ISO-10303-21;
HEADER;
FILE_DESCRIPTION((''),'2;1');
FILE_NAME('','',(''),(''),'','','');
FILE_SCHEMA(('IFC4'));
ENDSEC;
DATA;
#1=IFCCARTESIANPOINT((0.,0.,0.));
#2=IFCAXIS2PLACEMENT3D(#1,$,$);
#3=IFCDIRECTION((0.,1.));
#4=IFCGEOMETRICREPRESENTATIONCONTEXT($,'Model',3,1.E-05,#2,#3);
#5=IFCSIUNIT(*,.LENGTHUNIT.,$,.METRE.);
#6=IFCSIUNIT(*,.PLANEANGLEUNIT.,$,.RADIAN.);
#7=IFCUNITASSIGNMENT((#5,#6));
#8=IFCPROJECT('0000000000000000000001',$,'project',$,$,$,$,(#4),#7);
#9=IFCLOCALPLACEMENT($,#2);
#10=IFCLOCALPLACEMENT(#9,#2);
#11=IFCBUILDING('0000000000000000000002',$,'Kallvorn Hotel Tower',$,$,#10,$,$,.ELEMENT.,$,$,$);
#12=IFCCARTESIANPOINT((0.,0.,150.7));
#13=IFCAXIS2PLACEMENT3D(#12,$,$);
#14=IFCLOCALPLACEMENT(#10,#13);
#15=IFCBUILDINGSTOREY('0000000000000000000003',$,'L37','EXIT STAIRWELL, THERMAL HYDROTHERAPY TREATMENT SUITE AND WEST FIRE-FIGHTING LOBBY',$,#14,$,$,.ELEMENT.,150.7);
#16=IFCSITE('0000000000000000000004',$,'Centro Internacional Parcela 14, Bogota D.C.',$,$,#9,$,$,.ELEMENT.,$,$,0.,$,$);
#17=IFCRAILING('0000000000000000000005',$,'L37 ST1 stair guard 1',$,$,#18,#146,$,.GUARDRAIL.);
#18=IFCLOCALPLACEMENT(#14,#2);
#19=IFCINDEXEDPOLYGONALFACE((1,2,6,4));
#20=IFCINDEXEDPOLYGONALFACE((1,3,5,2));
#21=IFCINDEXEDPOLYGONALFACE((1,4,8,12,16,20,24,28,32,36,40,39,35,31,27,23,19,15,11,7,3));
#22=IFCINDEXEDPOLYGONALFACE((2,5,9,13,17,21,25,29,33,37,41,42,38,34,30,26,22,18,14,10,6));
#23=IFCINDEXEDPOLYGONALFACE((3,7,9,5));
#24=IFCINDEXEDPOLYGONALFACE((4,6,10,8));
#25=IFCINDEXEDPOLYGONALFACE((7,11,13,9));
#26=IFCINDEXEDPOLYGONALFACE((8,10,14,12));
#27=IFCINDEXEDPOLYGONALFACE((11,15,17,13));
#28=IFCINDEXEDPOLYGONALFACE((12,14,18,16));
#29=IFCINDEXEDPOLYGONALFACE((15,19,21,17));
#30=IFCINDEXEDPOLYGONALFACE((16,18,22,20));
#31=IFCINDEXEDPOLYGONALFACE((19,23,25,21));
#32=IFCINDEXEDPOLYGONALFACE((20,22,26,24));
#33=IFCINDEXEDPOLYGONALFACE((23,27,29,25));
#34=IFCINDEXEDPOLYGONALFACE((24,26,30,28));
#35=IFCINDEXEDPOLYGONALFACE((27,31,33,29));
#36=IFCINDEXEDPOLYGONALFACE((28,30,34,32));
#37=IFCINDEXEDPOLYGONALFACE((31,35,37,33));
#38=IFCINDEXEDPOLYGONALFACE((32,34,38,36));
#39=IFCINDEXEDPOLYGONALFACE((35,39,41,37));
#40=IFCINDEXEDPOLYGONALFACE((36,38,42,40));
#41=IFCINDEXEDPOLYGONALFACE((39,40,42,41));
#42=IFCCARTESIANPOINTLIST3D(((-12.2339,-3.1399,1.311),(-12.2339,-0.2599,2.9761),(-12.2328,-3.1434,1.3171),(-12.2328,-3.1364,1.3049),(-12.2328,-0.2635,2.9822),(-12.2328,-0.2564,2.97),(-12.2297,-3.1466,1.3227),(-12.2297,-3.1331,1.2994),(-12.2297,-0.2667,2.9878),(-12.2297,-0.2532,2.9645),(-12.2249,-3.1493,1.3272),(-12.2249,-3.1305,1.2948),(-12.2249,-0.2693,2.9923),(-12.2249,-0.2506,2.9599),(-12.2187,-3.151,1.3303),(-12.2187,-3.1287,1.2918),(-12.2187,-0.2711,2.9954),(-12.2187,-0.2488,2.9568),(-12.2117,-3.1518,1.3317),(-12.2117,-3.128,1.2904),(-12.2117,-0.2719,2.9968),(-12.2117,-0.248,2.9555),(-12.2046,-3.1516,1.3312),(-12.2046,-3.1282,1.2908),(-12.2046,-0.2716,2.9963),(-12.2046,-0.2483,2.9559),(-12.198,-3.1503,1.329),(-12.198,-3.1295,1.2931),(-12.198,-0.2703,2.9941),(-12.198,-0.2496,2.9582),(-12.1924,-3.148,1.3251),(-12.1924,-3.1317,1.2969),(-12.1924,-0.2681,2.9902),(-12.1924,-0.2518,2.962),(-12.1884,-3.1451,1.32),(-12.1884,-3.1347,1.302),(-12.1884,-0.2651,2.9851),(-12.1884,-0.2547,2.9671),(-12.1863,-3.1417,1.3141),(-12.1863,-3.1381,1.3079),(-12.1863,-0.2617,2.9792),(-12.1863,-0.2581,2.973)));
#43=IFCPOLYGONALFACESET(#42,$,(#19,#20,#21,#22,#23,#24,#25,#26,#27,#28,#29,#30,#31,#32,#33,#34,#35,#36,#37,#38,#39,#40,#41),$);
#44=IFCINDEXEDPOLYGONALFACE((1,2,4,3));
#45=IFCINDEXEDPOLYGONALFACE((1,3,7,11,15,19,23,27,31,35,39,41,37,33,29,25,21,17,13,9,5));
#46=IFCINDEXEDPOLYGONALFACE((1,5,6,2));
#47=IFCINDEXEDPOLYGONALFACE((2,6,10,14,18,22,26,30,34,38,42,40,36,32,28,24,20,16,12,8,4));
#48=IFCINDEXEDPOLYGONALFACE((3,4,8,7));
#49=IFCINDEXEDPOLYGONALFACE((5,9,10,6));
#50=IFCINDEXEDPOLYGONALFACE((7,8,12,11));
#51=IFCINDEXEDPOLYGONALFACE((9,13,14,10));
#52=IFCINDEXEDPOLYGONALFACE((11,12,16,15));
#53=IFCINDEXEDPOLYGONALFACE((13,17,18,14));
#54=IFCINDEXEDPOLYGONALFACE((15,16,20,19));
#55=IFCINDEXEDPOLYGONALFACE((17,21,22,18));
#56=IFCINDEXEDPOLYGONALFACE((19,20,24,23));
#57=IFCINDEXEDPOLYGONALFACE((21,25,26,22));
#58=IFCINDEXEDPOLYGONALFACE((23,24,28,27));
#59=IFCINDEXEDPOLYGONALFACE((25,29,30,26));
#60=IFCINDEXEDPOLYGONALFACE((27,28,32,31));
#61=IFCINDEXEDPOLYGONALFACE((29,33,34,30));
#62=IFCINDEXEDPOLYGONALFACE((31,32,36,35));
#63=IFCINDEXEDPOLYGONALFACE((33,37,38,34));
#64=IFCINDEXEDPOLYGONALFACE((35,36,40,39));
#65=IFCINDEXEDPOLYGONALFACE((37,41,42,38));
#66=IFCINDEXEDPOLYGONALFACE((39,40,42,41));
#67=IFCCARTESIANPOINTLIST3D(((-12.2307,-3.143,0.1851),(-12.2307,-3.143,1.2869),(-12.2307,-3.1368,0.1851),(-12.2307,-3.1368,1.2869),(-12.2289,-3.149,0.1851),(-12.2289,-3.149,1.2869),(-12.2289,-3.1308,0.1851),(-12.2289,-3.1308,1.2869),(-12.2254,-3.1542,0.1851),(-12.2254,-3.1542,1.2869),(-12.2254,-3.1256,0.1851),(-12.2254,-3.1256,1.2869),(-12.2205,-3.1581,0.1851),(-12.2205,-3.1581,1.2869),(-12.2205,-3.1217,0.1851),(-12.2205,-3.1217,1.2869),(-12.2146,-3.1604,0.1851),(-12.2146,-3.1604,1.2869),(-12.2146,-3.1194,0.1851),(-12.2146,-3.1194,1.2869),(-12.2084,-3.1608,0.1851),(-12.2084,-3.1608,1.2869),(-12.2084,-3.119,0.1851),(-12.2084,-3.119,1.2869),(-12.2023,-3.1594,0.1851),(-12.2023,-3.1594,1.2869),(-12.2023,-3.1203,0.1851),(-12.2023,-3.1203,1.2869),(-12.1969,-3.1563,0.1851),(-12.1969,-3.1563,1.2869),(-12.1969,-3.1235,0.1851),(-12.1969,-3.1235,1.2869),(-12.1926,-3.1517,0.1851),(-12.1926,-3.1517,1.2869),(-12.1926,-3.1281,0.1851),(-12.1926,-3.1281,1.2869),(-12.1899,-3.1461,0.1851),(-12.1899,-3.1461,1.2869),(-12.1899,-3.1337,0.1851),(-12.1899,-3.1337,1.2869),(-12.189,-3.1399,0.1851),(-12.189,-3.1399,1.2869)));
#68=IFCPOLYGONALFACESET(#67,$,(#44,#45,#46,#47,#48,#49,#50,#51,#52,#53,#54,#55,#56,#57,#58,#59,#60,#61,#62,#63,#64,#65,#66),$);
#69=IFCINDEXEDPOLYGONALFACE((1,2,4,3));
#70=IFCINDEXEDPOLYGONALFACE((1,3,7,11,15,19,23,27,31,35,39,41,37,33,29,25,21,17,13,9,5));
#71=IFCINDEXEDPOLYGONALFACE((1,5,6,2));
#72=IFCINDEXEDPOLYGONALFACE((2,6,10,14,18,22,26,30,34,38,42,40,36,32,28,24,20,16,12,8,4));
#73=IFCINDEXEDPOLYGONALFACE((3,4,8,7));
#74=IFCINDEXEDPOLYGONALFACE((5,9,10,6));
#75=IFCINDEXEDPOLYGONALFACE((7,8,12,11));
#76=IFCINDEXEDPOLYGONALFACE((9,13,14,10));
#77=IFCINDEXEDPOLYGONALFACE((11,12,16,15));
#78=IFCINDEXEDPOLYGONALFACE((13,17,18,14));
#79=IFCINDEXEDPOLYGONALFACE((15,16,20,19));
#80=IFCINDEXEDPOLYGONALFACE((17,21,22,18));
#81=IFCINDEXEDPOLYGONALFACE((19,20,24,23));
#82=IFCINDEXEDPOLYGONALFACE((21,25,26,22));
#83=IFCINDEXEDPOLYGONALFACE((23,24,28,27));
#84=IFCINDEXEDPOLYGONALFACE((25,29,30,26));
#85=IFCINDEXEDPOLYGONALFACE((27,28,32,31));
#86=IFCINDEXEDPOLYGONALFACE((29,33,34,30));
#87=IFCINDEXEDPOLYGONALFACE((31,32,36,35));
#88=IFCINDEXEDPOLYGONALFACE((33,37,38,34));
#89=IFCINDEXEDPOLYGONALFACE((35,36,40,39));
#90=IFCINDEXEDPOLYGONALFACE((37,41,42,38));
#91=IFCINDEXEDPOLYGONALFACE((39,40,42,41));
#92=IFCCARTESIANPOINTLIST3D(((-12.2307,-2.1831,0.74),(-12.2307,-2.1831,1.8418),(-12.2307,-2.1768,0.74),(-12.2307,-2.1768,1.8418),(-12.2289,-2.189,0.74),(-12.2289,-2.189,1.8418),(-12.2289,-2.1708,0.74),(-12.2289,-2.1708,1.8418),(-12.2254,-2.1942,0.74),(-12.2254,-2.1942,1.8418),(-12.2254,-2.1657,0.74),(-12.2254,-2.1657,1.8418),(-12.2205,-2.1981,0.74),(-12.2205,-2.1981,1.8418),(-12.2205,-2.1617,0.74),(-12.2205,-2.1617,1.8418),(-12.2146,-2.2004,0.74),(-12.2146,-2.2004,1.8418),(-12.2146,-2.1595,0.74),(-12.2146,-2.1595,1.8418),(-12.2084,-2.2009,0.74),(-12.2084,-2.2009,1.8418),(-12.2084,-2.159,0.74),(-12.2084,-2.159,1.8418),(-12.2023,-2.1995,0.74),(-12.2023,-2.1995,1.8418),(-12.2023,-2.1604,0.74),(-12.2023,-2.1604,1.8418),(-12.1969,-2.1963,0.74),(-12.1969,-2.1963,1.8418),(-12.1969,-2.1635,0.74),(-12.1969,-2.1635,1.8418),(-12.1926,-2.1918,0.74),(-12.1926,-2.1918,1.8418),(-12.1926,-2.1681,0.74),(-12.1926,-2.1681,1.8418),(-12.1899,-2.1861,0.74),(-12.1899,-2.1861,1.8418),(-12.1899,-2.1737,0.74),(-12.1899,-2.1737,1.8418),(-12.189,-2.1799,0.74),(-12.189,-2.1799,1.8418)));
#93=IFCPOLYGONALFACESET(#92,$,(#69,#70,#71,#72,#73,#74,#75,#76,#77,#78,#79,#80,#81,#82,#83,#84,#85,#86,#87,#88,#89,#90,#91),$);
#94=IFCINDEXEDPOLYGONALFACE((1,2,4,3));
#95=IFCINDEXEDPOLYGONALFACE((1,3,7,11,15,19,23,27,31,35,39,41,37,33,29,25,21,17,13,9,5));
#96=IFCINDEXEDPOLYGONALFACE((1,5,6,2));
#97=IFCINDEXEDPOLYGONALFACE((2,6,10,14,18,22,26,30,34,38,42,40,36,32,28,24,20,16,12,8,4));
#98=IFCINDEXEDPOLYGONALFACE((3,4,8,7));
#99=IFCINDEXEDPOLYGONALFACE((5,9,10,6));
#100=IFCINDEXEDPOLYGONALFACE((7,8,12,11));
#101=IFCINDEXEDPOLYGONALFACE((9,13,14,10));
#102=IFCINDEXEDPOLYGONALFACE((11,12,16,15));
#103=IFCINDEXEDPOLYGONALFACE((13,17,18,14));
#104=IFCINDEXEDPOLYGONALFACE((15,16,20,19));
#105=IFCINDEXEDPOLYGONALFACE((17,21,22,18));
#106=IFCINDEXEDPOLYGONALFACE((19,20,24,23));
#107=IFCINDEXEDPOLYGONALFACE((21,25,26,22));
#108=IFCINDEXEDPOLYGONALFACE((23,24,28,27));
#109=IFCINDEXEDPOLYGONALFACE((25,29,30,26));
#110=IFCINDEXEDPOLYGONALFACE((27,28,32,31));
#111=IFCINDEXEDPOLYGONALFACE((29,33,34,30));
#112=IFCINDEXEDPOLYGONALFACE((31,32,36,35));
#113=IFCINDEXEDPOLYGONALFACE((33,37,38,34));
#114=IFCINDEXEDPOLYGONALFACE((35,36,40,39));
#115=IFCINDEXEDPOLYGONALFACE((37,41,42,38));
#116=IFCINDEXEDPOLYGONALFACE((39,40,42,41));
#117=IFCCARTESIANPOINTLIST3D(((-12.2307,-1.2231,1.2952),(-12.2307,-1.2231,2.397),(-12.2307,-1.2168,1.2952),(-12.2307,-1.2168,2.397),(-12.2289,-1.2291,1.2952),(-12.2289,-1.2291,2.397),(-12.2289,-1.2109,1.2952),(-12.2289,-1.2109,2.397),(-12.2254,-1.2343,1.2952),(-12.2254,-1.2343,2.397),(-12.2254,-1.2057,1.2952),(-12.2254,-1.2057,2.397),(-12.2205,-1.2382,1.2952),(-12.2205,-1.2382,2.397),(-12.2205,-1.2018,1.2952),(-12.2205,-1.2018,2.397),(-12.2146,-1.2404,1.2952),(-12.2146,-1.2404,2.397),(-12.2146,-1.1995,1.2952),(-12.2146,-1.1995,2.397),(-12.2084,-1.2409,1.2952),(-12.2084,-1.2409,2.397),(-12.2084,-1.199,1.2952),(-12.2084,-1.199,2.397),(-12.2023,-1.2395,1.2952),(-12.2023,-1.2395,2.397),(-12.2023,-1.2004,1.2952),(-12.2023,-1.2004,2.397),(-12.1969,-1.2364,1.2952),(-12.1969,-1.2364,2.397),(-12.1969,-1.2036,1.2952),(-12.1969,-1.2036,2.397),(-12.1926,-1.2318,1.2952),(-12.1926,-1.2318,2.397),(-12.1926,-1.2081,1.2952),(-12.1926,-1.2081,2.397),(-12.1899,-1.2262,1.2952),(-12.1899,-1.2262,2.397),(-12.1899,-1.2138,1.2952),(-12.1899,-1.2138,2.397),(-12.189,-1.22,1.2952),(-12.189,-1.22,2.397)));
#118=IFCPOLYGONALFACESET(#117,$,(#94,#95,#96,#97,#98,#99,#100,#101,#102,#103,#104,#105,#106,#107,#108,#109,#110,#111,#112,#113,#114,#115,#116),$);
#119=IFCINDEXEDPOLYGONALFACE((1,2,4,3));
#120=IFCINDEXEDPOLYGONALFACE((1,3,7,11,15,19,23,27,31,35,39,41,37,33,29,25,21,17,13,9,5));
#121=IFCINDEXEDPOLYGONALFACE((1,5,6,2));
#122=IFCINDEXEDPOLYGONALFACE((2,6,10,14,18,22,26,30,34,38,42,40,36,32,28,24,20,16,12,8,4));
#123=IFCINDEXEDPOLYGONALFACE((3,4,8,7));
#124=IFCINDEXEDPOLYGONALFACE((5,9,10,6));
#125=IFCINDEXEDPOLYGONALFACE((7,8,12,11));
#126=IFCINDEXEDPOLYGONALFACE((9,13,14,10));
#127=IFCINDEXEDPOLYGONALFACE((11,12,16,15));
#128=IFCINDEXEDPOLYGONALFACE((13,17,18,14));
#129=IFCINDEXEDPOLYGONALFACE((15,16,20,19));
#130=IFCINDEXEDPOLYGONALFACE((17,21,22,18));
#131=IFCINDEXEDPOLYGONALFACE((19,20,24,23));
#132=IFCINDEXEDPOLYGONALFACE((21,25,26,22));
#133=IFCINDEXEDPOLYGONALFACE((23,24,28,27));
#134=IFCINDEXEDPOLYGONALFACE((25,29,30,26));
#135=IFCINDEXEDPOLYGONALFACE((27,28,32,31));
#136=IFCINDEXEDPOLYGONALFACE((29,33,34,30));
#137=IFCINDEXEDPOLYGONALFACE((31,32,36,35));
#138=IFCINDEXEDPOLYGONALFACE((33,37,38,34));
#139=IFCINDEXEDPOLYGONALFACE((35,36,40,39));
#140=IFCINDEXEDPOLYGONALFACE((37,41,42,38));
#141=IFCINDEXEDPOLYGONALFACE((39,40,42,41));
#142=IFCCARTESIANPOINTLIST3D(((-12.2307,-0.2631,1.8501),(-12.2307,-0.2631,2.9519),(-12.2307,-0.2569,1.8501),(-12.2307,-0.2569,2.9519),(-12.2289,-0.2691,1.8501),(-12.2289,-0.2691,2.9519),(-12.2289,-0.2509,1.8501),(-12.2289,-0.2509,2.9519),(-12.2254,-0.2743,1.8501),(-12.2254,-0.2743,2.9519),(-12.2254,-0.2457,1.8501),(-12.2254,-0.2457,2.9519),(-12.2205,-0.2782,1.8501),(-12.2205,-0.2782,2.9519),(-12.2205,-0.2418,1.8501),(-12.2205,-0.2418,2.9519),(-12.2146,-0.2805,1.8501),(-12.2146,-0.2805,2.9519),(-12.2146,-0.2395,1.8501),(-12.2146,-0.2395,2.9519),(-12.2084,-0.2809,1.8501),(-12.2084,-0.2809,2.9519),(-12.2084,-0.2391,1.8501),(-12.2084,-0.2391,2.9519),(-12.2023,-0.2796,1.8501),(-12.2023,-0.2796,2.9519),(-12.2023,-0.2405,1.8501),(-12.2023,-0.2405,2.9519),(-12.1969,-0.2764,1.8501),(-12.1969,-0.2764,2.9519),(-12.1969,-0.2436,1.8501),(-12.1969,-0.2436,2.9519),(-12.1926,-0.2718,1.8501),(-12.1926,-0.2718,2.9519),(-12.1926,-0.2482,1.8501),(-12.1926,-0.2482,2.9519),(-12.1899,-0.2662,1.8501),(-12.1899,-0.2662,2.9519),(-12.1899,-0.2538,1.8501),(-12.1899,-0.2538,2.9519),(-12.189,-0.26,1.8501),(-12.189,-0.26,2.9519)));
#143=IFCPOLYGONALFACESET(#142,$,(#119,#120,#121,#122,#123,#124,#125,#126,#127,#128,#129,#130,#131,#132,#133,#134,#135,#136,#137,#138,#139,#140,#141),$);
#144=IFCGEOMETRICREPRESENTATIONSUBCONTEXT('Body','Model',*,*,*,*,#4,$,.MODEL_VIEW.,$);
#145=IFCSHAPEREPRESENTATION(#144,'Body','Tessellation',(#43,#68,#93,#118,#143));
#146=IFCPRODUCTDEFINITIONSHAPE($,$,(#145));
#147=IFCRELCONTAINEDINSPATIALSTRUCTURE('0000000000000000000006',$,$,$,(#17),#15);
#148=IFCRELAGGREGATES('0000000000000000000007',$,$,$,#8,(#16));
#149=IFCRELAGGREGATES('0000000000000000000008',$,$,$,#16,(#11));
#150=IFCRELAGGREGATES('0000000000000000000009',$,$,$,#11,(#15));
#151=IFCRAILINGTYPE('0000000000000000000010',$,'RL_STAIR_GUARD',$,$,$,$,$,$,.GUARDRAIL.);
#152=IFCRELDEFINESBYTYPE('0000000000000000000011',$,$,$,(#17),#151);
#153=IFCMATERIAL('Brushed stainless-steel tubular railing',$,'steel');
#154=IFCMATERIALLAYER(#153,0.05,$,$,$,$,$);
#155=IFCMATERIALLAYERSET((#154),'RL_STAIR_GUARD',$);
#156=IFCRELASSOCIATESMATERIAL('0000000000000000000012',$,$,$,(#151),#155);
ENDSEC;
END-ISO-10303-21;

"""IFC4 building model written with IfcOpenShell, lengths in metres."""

from ifc_helpers import new_model, si_unit, direction, frame, origin, origin_2d, place, context, subcontext, project, spatial, circle, extrude, material, layer, layer_set, type_object, element, save


model = new_model("IFC4")

# Units and contexts
model_context = context("Model", 3, precision=1e-05, world=origin(), true_north=direction((0.0, 1.0)))
body_context = subcontext(model_context, "Body", "Model", "MODEL_VIEW")
ifc_project = project(units=[si_unit("LENGTHUNIT", "METRE"), si_unit("PLANEANGLEUNIT", "RADIAN")], contexts=[model_context])

# Site, building, storey
site_placement = place(None, origin())
site = spatial("IfcSite", under=ifc_project, at=site_placement, Name="Centro Internacional Parcela 14, Bogota D.C.", CompositionType="ELEMENT", RefElevation=0.0)
building_placement = place(site_placement, origin())
building = spatial("IfcBuilding", under=site, at=building_placement, Name="Kallvorn Hotel Tower", CompositionType="ELEMENT")
storey_placement = place(building_placement, frame((0.0, 0.0, 150.7)))
storey = spatial("IfcBuildingStorey", under=building, at=storey_placement, Name="L37", Description="EXIT STAIRWELL, THERMAL HYDROTHERAPY TREATMENT SUITE AND WEST FIRE-FIGHTING LOBBY", CompositionType="ELEMENT", Elevation=150.7)

# Railing
ifc_material_1 = material(Name="Brushed stainless-steel tubular railing", Category="steel")
ifc_layer_1 = layer(ifc_material_1, 0.05)
ifc_layer_set_1 = layer_set([ifc_layer_1], Name="RL_STAIR_GUARD")
railing_type = type_object("IfcRailingType", Name="RL_STAIR_GUARD", PredefinedType="GUARDRAIL", material=ifc_layer_set_1)
railing_1_placement = place(storey_placement, frame((-12.21, -3.1399, 0.1851)))
element("IfcRailing", 1, at=railing_1_placement, inside=storey, type_object=railing_type, Name="L37 ST1 stair guard 1", PredefinedType="GUARDRAIL", context=body_context, shape_type="SweptSolid", body=[
    extrude(circle(Radius=0.0239, at=origin_2d()), frame((0.0, 0.0, 1.126), z_axis=(0.0, 0.865721, 0.500527), x_axis=(-1.0, 0.0, 0.0)), (0.0, 0.0, 1.0), 3.3267),
    extrude(circle(Radius=0.021, at=origin_2d()), origin(), (0.0, 0.0, 1.0), 1.1018),
    extrude(circle(Radius=0.021, at=origin_2d()), frame((0.0, 0.96, 0.5549)), (0.0, 0.0, 1.0), 1.1018),
    extrude(circle(Radius=0.021, at=origin_2d()), frame((0.0, 1.9199, 1.1101)), (0.0, 0.0, 1.0), 1.1018),
    extrude(circle(Radius=0.021, at=origin_2d()), frame((0.0, 2.8799, 1.665)), (0.0, 0.0, 1.0), 1.1018),
])

save(model, "model.ifc")
